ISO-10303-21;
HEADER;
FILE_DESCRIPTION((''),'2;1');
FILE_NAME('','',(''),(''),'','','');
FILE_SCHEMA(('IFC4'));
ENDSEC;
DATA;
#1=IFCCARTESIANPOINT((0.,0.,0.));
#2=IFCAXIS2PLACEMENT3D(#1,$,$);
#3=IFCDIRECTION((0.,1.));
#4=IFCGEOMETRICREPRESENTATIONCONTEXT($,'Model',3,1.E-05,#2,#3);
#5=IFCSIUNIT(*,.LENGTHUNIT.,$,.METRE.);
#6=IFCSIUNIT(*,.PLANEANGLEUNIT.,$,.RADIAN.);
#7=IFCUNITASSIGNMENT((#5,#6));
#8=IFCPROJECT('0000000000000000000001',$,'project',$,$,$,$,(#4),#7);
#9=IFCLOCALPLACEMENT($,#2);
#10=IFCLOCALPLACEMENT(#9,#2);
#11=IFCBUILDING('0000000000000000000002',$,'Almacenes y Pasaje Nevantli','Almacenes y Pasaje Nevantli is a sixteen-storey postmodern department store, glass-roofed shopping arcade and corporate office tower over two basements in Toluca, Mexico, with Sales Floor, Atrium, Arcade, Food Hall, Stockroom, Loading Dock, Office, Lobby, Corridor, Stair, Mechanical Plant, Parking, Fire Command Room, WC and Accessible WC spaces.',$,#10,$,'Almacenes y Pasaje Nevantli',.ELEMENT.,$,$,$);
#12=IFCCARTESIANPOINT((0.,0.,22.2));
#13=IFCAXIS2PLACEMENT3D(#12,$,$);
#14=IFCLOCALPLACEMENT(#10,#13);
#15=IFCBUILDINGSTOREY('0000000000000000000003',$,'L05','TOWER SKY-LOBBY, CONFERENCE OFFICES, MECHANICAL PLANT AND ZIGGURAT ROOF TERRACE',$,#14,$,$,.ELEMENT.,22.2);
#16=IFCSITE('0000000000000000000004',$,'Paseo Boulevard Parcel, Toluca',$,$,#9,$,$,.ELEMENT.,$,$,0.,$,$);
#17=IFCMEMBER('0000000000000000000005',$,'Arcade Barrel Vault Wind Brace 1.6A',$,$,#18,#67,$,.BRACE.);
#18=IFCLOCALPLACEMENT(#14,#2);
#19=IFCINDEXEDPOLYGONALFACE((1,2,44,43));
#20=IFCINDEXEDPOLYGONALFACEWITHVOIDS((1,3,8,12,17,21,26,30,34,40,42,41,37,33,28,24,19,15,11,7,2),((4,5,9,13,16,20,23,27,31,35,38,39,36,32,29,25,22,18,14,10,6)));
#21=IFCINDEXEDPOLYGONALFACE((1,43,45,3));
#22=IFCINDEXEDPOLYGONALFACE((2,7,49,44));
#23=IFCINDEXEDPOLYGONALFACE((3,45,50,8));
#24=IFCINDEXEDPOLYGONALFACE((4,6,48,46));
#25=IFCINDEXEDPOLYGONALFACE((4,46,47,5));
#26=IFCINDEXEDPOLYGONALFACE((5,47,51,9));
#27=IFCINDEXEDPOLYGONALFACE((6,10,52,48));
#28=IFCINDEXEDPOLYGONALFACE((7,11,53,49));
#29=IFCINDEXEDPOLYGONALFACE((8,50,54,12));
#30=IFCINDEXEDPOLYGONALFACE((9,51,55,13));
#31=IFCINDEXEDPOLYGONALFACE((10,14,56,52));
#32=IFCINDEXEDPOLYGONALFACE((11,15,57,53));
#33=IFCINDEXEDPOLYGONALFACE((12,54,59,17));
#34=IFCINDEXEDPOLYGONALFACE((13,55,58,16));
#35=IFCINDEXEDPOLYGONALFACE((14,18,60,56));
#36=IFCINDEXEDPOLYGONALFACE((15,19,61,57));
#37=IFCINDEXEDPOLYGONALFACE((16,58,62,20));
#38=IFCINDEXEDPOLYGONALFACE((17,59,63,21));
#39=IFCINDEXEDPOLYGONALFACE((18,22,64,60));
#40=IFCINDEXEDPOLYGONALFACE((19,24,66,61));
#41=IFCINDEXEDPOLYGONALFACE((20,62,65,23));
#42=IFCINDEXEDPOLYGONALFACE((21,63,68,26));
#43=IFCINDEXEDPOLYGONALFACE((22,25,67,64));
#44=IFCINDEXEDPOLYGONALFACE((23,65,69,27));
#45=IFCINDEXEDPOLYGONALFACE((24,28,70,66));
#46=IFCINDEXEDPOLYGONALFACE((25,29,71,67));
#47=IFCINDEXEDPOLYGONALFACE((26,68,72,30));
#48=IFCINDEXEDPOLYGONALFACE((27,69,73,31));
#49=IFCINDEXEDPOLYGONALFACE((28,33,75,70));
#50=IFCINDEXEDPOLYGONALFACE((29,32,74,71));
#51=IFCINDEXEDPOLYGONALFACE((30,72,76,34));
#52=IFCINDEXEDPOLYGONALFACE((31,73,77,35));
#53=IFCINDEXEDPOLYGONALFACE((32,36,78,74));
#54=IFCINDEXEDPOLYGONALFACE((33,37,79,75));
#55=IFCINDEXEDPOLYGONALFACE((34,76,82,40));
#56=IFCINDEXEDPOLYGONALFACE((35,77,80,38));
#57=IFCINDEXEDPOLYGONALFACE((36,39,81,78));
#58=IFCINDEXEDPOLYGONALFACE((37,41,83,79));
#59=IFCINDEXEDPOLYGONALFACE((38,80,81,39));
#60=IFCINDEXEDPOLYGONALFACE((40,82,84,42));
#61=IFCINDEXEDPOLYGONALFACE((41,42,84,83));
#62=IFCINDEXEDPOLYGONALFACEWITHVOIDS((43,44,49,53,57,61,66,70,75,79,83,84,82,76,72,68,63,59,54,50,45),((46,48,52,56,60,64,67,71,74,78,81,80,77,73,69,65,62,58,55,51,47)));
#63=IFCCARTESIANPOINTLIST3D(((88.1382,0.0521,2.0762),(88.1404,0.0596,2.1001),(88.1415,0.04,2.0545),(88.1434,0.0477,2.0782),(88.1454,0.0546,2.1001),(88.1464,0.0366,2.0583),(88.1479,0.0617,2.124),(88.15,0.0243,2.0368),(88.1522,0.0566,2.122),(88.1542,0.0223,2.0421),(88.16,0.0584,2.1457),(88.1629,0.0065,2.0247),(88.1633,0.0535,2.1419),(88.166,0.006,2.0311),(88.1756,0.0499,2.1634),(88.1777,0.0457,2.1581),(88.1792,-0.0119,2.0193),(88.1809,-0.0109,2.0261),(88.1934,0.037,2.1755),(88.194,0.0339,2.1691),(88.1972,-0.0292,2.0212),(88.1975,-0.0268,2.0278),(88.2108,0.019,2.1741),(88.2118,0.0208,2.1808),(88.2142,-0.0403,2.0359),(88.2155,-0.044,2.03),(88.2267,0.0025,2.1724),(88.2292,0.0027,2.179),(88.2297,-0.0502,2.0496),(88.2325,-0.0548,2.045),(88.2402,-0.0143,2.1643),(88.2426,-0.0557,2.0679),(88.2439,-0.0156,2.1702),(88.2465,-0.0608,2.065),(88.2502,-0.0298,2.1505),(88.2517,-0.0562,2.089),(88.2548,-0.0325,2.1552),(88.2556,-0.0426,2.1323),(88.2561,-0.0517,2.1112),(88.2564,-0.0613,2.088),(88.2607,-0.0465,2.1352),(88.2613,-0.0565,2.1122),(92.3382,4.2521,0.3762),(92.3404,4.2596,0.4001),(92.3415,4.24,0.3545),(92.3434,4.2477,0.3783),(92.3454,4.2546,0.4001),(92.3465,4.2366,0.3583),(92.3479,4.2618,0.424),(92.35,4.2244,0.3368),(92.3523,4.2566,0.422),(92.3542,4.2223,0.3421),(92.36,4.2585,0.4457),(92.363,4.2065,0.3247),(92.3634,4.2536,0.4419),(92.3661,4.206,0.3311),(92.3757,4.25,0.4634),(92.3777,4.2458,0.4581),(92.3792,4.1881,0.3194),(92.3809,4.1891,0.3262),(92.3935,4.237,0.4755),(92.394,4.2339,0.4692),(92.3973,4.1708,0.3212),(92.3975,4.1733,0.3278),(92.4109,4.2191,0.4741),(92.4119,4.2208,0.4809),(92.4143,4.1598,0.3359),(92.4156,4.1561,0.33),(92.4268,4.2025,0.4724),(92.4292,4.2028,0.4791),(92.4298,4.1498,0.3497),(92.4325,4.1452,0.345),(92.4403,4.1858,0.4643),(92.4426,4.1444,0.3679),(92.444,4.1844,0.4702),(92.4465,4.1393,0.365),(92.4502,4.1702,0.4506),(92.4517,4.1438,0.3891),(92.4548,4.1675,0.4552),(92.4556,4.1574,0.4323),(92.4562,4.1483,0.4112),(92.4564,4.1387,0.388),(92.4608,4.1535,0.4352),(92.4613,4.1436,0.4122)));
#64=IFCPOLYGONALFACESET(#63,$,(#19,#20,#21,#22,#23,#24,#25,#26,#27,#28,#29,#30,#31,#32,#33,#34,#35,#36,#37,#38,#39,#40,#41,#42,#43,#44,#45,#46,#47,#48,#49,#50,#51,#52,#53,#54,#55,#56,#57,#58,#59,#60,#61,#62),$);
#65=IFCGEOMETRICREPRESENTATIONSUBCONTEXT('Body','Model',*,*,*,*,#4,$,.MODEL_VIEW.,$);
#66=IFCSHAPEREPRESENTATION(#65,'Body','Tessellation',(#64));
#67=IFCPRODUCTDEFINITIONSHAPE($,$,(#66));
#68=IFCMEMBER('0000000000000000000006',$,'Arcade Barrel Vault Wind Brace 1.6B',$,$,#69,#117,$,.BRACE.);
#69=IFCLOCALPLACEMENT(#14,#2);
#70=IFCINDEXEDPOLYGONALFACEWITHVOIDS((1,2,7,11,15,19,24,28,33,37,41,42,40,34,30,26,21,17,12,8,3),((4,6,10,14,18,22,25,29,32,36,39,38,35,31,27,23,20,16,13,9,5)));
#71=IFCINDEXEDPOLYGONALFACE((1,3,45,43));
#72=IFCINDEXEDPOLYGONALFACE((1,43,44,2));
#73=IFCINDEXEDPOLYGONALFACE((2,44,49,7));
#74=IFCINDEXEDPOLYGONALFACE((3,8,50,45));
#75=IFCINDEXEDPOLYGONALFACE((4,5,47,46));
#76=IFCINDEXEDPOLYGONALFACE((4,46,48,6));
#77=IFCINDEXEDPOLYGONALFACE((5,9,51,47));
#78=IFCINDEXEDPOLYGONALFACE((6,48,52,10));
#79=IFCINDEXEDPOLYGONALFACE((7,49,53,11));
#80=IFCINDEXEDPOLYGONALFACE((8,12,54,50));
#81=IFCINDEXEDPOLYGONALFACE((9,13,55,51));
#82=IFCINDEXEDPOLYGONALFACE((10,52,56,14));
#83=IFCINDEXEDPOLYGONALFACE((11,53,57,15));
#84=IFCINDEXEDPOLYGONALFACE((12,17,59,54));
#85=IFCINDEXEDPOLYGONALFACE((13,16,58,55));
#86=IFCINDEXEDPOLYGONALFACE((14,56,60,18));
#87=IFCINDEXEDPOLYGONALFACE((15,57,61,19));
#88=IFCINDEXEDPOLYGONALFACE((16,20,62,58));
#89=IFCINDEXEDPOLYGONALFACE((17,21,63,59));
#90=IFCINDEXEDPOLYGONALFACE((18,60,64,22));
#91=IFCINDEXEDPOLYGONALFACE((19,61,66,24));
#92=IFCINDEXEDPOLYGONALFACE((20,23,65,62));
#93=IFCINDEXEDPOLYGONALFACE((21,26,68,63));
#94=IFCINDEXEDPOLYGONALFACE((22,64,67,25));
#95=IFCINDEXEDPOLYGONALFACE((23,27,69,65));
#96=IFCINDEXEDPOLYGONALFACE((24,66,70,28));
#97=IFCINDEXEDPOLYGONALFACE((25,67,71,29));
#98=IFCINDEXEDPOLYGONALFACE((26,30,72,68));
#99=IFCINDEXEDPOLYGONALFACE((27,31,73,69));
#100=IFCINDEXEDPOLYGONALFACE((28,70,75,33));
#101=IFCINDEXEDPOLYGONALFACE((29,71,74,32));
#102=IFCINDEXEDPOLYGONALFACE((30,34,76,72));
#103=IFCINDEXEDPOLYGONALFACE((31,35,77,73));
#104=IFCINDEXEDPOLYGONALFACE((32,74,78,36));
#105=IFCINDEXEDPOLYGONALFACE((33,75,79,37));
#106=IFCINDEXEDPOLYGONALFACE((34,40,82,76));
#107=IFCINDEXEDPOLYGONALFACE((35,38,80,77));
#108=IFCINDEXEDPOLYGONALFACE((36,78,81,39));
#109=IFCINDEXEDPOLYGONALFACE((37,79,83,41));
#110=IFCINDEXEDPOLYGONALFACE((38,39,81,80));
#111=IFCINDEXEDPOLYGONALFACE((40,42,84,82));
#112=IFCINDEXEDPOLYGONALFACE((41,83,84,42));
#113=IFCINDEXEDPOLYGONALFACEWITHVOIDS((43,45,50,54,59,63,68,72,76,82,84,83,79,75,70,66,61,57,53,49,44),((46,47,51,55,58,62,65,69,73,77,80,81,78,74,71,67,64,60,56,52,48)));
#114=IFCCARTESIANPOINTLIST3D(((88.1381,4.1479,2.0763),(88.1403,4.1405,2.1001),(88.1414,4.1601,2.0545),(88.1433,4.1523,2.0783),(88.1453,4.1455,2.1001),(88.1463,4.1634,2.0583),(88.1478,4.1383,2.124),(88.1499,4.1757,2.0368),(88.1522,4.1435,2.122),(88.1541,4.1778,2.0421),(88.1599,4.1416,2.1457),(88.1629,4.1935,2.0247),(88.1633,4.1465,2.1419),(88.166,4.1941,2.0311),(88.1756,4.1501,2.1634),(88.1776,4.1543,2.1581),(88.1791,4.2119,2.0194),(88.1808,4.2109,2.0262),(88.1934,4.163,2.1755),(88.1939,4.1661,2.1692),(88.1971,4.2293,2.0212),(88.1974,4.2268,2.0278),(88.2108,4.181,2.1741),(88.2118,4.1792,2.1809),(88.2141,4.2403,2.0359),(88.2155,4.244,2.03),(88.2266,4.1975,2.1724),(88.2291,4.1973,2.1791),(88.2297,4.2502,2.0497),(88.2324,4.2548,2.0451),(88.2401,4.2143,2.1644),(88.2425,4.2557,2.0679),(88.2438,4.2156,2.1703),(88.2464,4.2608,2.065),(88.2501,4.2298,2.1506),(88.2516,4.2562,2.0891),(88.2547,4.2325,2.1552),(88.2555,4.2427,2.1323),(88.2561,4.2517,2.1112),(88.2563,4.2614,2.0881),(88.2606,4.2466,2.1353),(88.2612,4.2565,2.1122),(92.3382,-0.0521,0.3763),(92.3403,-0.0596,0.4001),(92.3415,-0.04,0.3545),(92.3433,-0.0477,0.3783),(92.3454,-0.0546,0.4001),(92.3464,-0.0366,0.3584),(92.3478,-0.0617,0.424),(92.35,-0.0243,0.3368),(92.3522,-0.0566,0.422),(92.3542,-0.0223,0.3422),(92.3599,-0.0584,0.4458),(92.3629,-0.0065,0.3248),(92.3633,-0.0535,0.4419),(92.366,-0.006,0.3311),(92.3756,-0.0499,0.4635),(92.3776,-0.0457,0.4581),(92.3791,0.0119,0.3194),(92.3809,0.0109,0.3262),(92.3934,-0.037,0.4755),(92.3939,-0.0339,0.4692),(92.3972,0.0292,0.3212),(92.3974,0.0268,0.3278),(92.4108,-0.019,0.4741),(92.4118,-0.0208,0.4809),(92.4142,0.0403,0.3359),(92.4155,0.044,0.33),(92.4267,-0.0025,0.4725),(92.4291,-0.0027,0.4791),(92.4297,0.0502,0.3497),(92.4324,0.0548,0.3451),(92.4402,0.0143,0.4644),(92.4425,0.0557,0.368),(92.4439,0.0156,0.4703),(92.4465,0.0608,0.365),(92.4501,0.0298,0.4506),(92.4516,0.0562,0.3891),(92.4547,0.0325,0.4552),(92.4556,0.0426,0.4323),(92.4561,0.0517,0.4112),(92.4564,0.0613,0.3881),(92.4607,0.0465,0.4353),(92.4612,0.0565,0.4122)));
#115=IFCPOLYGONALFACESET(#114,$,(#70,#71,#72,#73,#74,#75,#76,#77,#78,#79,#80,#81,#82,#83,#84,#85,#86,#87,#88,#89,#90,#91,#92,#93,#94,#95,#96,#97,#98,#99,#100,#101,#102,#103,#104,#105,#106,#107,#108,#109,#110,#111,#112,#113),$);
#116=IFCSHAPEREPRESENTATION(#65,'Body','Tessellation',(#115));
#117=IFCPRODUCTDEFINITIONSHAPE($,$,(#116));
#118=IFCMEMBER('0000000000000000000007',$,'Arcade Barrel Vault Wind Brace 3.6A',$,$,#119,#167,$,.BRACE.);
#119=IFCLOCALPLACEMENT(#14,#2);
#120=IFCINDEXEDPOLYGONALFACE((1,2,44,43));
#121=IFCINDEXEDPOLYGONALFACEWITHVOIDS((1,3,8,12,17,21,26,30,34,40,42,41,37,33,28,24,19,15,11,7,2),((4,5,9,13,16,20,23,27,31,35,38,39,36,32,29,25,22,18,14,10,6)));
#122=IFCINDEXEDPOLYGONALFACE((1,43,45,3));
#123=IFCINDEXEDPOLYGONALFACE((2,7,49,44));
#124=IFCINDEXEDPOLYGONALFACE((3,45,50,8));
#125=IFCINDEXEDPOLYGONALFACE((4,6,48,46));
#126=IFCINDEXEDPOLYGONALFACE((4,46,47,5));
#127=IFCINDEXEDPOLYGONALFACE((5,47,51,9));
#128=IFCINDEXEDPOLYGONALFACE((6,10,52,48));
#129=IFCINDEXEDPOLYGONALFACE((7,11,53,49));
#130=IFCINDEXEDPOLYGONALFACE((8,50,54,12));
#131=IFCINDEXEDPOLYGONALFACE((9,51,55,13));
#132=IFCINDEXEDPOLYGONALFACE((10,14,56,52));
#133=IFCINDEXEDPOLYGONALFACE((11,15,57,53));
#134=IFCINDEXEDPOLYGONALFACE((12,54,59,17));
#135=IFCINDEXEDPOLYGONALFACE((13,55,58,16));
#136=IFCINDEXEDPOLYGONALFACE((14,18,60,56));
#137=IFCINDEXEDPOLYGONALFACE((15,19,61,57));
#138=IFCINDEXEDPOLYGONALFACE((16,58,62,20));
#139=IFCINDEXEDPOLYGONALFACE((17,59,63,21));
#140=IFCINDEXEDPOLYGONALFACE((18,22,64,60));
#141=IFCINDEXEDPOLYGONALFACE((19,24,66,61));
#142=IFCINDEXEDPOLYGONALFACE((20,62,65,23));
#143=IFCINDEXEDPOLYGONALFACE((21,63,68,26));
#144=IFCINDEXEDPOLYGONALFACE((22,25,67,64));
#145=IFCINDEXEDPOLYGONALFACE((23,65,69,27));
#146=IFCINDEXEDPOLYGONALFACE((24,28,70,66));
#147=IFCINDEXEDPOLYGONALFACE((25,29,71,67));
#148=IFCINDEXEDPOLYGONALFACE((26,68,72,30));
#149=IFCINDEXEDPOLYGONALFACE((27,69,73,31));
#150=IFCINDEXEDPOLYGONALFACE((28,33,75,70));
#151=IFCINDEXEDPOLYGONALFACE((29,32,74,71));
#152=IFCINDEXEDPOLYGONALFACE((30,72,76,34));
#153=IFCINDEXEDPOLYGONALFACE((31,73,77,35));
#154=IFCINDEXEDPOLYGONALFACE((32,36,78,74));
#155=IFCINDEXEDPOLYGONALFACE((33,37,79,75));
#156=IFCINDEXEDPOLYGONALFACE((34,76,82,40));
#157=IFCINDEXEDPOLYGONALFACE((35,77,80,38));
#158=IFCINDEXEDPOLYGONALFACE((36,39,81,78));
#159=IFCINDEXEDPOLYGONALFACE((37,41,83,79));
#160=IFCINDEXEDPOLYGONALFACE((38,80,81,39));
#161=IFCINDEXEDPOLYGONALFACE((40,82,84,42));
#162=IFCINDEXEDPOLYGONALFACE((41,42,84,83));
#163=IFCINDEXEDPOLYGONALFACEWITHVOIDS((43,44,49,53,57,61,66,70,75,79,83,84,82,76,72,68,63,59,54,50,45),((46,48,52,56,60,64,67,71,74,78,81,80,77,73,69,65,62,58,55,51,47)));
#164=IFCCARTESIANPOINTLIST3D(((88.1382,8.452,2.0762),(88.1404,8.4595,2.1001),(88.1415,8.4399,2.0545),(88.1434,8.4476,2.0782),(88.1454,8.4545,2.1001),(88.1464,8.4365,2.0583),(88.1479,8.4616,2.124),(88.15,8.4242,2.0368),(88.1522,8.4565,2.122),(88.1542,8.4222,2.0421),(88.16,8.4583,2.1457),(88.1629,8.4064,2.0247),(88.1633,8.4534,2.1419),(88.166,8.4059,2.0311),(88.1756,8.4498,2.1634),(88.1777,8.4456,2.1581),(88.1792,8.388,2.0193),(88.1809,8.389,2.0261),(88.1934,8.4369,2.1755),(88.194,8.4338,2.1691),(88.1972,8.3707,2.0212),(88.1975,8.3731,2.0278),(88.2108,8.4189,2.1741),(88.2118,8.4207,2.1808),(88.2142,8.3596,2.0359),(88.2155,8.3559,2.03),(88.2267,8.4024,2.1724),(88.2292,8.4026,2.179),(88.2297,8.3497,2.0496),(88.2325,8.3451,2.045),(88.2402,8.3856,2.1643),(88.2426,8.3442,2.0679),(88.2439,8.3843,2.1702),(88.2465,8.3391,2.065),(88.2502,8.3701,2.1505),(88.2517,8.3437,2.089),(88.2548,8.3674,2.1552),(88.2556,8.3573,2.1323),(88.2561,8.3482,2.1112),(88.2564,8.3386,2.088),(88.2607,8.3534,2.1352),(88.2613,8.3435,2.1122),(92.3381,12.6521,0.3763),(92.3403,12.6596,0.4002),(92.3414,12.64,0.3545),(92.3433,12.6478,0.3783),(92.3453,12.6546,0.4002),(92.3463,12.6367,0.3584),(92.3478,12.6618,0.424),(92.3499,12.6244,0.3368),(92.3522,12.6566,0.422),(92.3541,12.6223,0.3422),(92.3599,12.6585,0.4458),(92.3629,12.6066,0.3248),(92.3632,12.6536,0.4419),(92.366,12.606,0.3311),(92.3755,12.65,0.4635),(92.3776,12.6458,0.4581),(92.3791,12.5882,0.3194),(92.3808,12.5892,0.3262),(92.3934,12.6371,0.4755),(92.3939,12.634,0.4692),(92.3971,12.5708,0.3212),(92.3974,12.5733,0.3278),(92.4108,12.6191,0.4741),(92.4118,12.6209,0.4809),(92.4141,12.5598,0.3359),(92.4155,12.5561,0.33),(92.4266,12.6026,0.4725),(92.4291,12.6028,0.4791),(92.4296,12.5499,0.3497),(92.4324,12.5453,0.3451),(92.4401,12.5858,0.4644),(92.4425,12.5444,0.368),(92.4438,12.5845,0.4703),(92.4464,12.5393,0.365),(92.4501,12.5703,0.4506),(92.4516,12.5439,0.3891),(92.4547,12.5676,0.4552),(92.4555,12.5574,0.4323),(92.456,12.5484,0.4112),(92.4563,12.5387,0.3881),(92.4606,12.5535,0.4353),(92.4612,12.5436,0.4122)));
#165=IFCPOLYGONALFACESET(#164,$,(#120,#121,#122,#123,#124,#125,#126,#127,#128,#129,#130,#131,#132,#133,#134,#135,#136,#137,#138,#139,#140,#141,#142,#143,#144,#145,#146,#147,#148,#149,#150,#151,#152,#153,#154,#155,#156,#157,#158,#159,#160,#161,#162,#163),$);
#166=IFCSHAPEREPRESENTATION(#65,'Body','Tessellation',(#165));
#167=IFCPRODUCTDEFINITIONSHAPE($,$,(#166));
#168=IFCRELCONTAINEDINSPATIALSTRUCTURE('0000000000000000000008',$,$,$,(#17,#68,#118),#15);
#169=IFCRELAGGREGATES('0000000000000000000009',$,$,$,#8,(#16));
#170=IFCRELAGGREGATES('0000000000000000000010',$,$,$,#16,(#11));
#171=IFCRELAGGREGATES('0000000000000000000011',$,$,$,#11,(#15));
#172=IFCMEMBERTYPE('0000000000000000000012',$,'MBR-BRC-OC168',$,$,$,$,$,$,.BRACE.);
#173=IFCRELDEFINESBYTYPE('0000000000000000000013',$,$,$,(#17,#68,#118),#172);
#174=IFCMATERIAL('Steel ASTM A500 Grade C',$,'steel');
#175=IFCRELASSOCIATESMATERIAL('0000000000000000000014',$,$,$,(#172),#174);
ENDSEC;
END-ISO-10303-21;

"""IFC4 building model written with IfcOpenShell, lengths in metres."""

from ifc_helpers import new_model, si_unit, direction, frame, origin, origin_2d, place, context, subcontext, project, spatial, hollow_circle, extrude, material, material_profile, profile_set, type_object, element, save


model = new_model("IFC4")

# Units and contexts
model_context = context("Model", 3, precision=1e-05, world=origin(), true_north=direction((0.0, 1.0)))
body_context = subcontext(model_context, "Body", "Model", "MODEL_VIEW")
ifc_project = project(units=[si_unit("LENGTHUNIT", "METRE"), si_unit("PLANEANGLEUNIT", "RADIAN")], contexts=[model_context])

# Site, building, storey
site_placement = place(None, origin())
site = spatial("IfcSite", under=ifc_project, at=site_placement, Name="Paseo Boulevard Parcel, Toluca", CompositionType="ELEMENT", RefElevation=0.0)
building_placement = place(site_placement, origin())
building = spatial("IfcBuilding", under=site, at=building_placement, Name="Almacenes y Pasaje Nevantli", Description="Almacenes y Pasaje Nevantli is a sixteen-storey postmodern department store, glass-roofed shopping arcade and corporate office tower over two basements in Toluca, Mexico, with Sales Floor, Atrium, Arcade, Food Hall, Stockroom, Loading Dock, Office, Lobby, Corridor, Stair, Mechanical Plant, Parking, Fire Command Room, WC and Accessible WC spaces.", LongName="Almacenes y Pasaje Nevantli", CompositionType="ELEMENT")
storey_placement = place(building_placement, frame((0.0, 0.0, 22.2)))
storey = spatial("IfcBuildingStorey", under=building, at=storey_placement, Name="L05", Description="TOWER SKY-LOBBY, CONFERENCE OFFICES, MECHANICAL PLANT AND ZIGGURAT ROOF TERRACE", CompositionType="ELEMENT", Elevation=22.2)

# Members
ifc_material_1 = material(Name="Steel ASTM A500 Grade C", Category="steel")
ifc_material_profile_1 = material_profile(ifc_material_1, hollow_circle(Radius=0.0842, WallThickness=0.0071, at=origin_2d()), Name="OC 168x7.1")
ifc_profile_set_1 = profile_set([ifc_material_profile_1], Name="Steel ASTM A500 Grade C")
member_type_1 = type_object("IfcMemberType", Name="MBR-BRC-OC168", PredefinedType="BRACE", material=ifc_profile_set_1)
for number, where, z_axis, x_axis, name in (
    (1, (88.2, 0.0, 2.1001), (0.679812, 0.679812, -0.275157), (-0.707107, 0.707107, 0.0), "Arcade Barrel Vault Wind Brace 1.6A"),
    (2, (92.3999, 0.0, 0.4001), (-0.679812, 0.679812, 0.275157), (-0.707107, -0.707107, 0.0), "Arcade Barrel Vault Wind Brace 1.6B"),
    (3, (88.2, 8.3999, 2.1001), (0.679794, 0.679833, -0.27515), (-0.707127, 0.707086, 0.0), "Arcade Barrel Vault Wind Brace 3.6A"),
):
    element("IfcMember", number, at=place(storey_placement, frame(where, z_axis=z_axis, x_axis=x_axis)), inside=storey, type_object=member_type_1, Name=name, PredefinedType="BRACE", context=body_context, shape_type="SweptSolid", body=[
        extrude(hollow_circle(Radius=0.0842, WallThickness=0.0071, at=origin_2d()), origin(), (0.0, 0.0, 1.0), 6.1782),
    ])

save(model, "model.ifc")
